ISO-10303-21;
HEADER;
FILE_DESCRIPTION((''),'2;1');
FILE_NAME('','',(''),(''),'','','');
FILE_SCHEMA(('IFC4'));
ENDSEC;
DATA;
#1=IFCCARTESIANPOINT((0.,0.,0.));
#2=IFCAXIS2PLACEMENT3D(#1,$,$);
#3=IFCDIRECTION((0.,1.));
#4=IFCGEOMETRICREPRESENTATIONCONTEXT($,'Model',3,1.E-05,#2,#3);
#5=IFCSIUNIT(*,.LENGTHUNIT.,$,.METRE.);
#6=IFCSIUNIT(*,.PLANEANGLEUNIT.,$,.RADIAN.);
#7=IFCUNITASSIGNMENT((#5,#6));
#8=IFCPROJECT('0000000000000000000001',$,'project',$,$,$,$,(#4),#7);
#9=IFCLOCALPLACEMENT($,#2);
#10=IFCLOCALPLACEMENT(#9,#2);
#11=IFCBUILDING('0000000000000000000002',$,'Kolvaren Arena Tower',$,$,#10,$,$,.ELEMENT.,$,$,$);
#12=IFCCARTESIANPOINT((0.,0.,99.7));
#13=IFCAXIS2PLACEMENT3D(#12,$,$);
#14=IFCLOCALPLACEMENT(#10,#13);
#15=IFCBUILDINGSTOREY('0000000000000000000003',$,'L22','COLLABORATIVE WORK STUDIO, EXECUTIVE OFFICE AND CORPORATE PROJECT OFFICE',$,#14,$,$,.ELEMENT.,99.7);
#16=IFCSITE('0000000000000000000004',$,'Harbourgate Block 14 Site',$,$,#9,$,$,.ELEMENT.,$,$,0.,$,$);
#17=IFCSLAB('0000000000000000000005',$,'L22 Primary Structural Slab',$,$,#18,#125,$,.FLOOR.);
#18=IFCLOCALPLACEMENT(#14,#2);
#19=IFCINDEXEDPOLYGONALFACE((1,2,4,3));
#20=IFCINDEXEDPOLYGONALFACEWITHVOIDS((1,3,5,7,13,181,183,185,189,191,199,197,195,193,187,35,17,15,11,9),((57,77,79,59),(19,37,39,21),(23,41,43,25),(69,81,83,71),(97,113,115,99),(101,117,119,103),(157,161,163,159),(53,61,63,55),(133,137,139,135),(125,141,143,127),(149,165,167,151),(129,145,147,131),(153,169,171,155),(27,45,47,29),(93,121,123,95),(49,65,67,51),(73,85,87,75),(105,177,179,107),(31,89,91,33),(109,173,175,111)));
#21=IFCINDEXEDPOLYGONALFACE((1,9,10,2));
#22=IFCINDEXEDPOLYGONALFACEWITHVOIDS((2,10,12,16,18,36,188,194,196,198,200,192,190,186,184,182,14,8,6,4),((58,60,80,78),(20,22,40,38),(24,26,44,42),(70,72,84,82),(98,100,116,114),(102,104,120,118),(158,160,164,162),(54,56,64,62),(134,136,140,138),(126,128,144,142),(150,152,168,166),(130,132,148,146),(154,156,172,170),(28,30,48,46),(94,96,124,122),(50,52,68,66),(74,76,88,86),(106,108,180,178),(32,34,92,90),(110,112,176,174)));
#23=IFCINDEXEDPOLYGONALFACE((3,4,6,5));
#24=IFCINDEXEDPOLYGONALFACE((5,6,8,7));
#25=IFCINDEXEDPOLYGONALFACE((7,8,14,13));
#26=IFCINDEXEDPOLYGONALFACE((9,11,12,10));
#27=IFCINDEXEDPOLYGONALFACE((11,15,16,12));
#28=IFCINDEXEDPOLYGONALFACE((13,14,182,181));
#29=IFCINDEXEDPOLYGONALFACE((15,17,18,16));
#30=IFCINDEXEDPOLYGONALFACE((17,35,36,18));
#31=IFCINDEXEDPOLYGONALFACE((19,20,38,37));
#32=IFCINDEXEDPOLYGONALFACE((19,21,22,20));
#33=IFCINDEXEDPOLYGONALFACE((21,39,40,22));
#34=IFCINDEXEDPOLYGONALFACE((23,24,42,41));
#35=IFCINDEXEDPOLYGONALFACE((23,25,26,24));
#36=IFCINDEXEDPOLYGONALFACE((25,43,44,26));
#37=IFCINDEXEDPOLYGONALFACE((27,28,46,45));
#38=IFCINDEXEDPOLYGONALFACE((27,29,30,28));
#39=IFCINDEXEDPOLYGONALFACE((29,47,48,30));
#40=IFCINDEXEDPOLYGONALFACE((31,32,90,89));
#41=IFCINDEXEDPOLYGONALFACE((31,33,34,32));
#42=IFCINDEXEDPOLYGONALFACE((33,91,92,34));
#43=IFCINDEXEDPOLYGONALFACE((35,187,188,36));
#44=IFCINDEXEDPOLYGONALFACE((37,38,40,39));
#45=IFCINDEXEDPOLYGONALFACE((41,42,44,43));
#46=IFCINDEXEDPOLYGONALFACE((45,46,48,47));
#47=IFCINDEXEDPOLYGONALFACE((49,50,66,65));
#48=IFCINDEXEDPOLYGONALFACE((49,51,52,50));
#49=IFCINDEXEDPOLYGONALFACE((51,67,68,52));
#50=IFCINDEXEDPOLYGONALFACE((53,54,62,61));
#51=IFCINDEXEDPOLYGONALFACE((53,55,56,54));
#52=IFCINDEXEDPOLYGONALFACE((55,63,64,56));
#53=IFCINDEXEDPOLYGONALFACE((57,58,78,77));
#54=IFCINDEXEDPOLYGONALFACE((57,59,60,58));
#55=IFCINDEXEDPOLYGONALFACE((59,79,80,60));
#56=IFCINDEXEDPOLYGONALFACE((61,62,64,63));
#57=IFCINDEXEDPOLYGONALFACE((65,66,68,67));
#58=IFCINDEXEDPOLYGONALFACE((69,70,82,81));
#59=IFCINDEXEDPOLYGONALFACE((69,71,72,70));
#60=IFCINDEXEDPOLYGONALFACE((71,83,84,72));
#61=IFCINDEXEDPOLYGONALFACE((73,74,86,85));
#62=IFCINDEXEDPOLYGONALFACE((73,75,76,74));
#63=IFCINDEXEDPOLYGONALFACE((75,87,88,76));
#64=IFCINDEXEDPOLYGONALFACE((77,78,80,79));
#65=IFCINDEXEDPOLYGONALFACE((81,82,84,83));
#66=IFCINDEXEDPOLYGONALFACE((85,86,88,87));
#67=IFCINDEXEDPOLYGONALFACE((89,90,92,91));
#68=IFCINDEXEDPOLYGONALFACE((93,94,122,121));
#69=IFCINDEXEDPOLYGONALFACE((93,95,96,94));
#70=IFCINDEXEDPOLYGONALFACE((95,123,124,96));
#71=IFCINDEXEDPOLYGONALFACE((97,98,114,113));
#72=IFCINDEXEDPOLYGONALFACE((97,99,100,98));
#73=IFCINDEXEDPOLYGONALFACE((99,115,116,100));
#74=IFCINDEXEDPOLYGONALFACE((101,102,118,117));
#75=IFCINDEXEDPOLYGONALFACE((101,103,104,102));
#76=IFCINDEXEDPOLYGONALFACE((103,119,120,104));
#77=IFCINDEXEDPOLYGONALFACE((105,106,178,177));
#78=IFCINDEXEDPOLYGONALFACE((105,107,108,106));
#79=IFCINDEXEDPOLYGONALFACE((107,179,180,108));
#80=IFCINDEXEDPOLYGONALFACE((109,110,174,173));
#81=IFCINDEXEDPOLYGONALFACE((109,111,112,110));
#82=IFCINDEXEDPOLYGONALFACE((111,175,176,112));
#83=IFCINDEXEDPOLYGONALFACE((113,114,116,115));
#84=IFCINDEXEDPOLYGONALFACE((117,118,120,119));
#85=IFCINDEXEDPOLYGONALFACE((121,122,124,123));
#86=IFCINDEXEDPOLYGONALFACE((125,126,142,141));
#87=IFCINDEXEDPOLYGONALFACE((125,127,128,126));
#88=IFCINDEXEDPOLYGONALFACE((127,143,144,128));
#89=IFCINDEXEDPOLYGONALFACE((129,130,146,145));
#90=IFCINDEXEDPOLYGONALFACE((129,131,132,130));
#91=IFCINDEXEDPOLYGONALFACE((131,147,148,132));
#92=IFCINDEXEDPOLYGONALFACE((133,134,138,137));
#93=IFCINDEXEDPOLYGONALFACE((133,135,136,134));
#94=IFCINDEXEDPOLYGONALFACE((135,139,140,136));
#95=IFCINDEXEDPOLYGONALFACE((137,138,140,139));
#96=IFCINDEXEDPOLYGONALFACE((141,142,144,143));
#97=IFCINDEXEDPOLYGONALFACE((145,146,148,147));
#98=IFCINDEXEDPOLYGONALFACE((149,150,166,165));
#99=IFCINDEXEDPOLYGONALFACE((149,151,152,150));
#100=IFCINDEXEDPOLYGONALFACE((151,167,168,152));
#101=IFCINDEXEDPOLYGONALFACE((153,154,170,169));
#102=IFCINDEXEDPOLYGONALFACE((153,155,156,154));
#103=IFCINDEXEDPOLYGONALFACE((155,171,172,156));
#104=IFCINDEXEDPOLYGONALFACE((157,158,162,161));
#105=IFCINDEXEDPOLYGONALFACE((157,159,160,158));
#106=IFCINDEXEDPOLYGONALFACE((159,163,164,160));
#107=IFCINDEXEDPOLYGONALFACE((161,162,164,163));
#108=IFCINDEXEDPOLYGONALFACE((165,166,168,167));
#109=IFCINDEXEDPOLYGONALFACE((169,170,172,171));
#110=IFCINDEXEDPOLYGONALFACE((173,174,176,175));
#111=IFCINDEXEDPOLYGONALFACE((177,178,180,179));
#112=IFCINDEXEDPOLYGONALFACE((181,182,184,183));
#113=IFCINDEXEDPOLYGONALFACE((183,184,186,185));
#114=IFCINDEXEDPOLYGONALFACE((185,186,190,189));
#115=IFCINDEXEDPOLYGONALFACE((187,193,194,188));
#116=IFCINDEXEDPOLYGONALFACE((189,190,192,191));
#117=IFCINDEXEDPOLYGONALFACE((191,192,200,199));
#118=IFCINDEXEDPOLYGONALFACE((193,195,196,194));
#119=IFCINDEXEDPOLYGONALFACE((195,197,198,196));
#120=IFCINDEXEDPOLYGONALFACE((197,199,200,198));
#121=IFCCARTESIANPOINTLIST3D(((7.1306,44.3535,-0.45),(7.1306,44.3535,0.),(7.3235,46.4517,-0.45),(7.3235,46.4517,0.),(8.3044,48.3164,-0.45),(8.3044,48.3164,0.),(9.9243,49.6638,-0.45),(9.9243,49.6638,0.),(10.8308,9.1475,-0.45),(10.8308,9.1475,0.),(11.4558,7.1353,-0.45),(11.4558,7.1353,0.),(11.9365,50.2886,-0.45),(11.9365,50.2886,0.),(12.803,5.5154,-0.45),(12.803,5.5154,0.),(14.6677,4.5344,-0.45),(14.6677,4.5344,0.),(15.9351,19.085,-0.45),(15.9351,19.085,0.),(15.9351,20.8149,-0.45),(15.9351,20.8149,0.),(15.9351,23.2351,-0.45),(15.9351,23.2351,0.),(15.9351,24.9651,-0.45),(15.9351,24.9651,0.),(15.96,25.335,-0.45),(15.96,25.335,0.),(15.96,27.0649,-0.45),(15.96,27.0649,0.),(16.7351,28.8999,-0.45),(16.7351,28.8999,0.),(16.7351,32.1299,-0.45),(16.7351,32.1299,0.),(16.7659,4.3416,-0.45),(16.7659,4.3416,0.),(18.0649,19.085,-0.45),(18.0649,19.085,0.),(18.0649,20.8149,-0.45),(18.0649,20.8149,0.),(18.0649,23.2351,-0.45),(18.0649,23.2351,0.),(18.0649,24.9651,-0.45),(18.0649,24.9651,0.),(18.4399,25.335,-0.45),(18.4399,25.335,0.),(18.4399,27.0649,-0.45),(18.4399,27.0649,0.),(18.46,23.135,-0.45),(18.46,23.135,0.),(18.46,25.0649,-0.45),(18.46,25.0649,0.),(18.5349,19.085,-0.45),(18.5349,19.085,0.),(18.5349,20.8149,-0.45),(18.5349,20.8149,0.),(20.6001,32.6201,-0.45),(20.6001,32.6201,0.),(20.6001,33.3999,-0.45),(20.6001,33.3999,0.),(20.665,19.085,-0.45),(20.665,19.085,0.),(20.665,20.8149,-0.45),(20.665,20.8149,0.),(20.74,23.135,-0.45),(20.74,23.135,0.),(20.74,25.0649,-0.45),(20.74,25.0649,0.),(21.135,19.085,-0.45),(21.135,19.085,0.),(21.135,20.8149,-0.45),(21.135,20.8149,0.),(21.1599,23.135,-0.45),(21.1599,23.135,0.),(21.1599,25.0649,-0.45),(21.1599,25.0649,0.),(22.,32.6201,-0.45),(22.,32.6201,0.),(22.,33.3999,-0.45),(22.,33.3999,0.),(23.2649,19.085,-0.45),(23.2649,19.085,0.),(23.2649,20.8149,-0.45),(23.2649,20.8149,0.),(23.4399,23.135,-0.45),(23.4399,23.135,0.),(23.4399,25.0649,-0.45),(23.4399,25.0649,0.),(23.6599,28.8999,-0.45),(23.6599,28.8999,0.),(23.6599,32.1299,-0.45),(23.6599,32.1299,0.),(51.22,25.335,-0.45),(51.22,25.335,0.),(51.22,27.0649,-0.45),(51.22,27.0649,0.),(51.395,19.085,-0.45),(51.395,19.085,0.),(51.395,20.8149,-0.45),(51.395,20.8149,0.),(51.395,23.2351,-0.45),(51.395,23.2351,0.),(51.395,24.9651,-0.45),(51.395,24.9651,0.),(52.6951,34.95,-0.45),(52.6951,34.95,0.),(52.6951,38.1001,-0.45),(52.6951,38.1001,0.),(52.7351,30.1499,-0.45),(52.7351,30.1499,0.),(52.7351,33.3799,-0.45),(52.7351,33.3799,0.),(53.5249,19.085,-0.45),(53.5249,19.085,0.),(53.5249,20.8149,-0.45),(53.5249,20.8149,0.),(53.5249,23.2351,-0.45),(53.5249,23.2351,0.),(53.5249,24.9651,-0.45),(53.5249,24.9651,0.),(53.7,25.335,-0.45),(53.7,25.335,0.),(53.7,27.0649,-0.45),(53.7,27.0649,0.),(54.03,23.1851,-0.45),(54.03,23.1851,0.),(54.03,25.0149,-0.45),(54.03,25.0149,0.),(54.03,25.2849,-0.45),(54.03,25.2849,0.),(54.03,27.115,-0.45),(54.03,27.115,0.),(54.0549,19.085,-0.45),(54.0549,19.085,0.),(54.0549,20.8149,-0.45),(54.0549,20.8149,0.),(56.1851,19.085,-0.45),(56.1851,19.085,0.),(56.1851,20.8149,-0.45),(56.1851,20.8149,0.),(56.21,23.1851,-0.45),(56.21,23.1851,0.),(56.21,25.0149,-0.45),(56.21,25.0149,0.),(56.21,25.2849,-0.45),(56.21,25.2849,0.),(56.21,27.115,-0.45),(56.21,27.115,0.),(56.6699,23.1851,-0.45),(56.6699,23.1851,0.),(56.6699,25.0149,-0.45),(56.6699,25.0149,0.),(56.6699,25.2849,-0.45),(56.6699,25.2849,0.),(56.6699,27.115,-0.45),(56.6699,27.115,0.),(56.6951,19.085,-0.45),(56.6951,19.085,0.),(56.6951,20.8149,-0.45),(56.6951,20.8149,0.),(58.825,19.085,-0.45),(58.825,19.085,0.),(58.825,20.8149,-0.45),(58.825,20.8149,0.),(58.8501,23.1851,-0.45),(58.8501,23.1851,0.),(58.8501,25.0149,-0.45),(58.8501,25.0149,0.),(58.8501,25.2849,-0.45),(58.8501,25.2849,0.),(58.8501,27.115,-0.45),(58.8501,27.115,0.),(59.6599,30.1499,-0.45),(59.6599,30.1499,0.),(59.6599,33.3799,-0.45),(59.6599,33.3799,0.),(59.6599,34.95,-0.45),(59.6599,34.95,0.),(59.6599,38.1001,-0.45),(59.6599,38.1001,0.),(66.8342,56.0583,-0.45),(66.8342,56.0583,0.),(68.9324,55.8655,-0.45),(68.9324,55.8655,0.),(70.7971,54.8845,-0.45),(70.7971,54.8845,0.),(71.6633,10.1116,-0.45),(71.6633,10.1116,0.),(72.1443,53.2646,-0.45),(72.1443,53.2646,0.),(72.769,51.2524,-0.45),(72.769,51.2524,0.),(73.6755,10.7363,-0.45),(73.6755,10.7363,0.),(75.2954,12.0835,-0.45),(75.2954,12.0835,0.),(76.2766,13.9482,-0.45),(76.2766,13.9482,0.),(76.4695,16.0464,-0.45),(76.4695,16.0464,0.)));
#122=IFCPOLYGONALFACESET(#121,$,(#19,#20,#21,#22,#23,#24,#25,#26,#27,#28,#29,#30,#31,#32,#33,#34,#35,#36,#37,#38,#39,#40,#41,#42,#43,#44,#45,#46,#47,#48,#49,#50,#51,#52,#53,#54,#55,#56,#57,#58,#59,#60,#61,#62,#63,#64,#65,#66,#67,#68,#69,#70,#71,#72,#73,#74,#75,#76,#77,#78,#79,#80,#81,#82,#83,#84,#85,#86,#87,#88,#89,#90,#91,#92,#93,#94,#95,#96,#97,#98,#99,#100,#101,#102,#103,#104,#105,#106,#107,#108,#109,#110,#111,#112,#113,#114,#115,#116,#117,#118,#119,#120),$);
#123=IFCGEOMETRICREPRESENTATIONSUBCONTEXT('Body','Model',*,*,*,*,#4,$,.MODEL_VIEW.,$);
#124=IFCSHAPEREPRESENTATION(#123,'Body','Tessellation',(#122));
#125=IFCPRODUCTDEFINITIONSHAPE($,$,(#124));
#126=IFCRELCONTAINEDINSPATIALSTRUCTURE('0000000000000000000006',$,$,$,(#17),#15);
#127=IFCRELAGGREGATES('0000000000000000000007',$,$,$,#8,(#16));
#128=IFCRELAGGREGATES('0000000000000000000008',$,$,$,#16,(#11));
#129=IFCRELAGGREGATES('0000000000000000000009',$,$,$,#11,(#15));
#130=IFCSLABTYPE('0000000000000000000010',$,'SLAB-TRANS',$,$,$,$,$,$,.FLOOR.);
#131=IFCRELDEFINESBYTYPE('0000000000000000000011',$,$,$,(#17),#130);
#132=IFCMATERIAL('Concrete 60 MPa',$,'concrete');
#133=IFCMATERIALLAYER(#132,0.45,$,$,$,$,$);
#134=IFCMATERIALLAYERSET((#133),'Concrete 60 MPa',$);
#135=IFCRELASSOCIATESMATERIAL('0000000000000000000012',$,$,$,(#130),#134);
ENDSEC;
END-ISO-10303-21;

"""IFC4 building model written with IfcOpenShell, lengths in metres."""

from ifc_helpers import new_model, si_unit, direction, frame, origin, place, context, subcontext, project, spatial, polyline, outline, extrude, material, layer, layer_set, type_object, element, save


model = new_model("IFC4")

# Units and contexts
model_context = context("Model", 3, precision=1e-05, world=origin(), true_north=direction((0.0, 1.0)))
body_context = subcontext(model_context, "Body", "Model", "MODEL_VIEW")
ifc_project = project(units=[si_unit("LENGTHUNIT", "METRE"), si_unit("PLANEANGLEUNIT", "RADIAN")], contexts=[model_context])

# Site, building, storey
site_placement = place(None, origin())
site = spatial("IfcSite", under=ifc_project, at=site_placement, Name="Harbourgate Block 14 Site", CompositionType="ELEMENT", RefElevation=0.0)
building_placement = place(site_placement, origin())
building = spatial("IfcBuilding", under=site, at=building_placement, Name="Kolvaren Arena Tower", CompositionType="ELEMENT")
storey_placement = place(building_placement, frame((0.0, 0.0, 99.7)))
storey = spatial("IfcBuildingStorey", under=building, at=storey_placement, Name="L22", Description="COLLABORATIVE WORK STUDIO, EXECUTIVE OFFICE AND CORPORATE PROJECT OFFICE", CompositionType="ELEMENT", Elevation=99.7)

# Slab
ifc_material_1 = material(Name="Concrete 60 MPa", Category="concrete")
ifc_layer_1 = layer(ifc_material_1, 0.45)
ifc_layer_set_1 = layer_set([ifc_layer_1], Name="Concrete 60 MPa")
slab_type_1 = type_object("IfcSlabType", Name="SLAB-TRANS", PredefinedType="FLOOR", material=ifc_layer_set_1)
slab_1_placement = place(storey_placement, frame((0.0, 0.0, -0.45)))
element("IfcSlab", 1, at=slab_1_placement, inside=storey, type_object=slab_type_1, Name="L22 Primary Structural Slab", PredefinedType="FLOOR", context=body_context, shape_type="SweptSolid", body=[
    extrude(outline(polyline([(71.6633, 10.1116), (73.6755, 10.7363), (75.2954, 12.0835), (76.2766, 13.9482), (76.4695, 16.0464), (72.769, 51.2524), (72.1443, 53.2646), (70.7971, 54.8845), (68.9324, 55.8655), (66.8342, 56.0583), (11.9365, 50.2886), (9.9243, 49.6638), (8.3044, 48.3164), (7.3235, 46.4517), (7.1306, 44.3535), (10.8308, 9.1475), (11.4558, 7.1353), (12.803, 5.5154), (14.6677, 4.5344), (16.7659, 4.3416), (71.6633, 10.1116)]), holes=[polyline([(15.9351, 19.085), (15.9351, 20.8149), (18.0649, 20.8149), (18.0649, 19.085), (15.9351, 19.085)]), polyline([(18.5349, 19.085), (18.5349, 20.8149), (20.665, 20.8149), (20.665, 19.085), (18.5349, 19.085)]), polyline([(21.135, 19.085), (21.135, 20.8149), (23.2649, 20.8149), (23.2649, 19.085), (21.135, 19.085)]), polyline([(51.395, 19.085), (51.395, 20.8149), (53.5249, 20.8149), (53.5249, 19.085), (51.395, 19.085)]), polyline([(54.0549, 19.085), (54.0549, 20.8149), (56.1851, 20.8149), (56.1851, 19.085), (54.0549, 19.085)]), polyline([(56.6951, 19.085), (56.6951, 20.8149), (58.825, 20.8149), (58.825, 19.085), (56.6951, 19.085)]), polyline([(18.46, 25.0649), (20.74, 25.0649), (20.74, 23.135), (18.46, 23.135), (18.46, 25.0649)]), polyline([(21.1599, 23.135), (21.1599, 25.0649), (23.4399, 25.0649), (23.4399, 23.135), (21.1599, 23.135)]), polyline([(54.03, 25.0149), (56.21, 25.0149), (56.21, 23.1851), (54.03, 23.1851), (54.03, 25.0149)]), polyline([(56.6699, 25.0149), (58.8501, 25.0149), (58.8501, 23.1851), (56.6699, 23.1851), (56.6699, 25.0149)]), polyline([(15.9351, 24.9651), (18.0649, 24.9651), (18.0649, 23.2351), (15.9351, 23.2351), (15.9351, 24.9651)]), polyline([(51.395, 23.2351), (51.395, 24.9651), (53.5249, 24.9651), (53.5249, 23.2351), (51.395, 23.2351)]), polyline([(54.03, 25.2849), (54.03, 27.115), (56.21, 27.115), (56.21, 25.2849), (54.03, 25.2849)]), polyline([(56.6699, 25.2849), (56.6699, 27.115), (58.8501, 27.115), (58.8501, 25.2849), (56.6699, 25.2849)]), polyline([(15.96, 25.335), (15.96, 27.0649), (18.4399, 27.0649), (18.4399, 25.335), (15.96, 25.335)]), polyline([(51.22, 25.335), (51.22, 27.0649), (53.7, 27.0649), (53.7, 25.335), (51.22, 25.335)]), polyline([(16.7351, 32.1299), (23.6599, 32.1299), (23.6599, 28.8999), (16.7351, 28.8999), (16.7351, 32.1299)]), polyline([(52.7351, 33.3799), (59.6599, 33.3799), (59.6599, 30.1499), (52.7351, 30.1499), (52.7351, 33.3799)]), polyline([(20.6001, 33.3999), (22.0, 33.3999), (22.0, 32.6201), (20.6001, 32.6201), (20.6001, 33.3999)]), polyline([(52.6951, 38.1001), (59.6599, 38.1001), (59.6599, 34.95), (52.6951, 34.95), (52.6951, 38.1001)])]), origin(), (0.0, 0.0, 1.0), 0.45),
])

save(model, "model.ifc")
